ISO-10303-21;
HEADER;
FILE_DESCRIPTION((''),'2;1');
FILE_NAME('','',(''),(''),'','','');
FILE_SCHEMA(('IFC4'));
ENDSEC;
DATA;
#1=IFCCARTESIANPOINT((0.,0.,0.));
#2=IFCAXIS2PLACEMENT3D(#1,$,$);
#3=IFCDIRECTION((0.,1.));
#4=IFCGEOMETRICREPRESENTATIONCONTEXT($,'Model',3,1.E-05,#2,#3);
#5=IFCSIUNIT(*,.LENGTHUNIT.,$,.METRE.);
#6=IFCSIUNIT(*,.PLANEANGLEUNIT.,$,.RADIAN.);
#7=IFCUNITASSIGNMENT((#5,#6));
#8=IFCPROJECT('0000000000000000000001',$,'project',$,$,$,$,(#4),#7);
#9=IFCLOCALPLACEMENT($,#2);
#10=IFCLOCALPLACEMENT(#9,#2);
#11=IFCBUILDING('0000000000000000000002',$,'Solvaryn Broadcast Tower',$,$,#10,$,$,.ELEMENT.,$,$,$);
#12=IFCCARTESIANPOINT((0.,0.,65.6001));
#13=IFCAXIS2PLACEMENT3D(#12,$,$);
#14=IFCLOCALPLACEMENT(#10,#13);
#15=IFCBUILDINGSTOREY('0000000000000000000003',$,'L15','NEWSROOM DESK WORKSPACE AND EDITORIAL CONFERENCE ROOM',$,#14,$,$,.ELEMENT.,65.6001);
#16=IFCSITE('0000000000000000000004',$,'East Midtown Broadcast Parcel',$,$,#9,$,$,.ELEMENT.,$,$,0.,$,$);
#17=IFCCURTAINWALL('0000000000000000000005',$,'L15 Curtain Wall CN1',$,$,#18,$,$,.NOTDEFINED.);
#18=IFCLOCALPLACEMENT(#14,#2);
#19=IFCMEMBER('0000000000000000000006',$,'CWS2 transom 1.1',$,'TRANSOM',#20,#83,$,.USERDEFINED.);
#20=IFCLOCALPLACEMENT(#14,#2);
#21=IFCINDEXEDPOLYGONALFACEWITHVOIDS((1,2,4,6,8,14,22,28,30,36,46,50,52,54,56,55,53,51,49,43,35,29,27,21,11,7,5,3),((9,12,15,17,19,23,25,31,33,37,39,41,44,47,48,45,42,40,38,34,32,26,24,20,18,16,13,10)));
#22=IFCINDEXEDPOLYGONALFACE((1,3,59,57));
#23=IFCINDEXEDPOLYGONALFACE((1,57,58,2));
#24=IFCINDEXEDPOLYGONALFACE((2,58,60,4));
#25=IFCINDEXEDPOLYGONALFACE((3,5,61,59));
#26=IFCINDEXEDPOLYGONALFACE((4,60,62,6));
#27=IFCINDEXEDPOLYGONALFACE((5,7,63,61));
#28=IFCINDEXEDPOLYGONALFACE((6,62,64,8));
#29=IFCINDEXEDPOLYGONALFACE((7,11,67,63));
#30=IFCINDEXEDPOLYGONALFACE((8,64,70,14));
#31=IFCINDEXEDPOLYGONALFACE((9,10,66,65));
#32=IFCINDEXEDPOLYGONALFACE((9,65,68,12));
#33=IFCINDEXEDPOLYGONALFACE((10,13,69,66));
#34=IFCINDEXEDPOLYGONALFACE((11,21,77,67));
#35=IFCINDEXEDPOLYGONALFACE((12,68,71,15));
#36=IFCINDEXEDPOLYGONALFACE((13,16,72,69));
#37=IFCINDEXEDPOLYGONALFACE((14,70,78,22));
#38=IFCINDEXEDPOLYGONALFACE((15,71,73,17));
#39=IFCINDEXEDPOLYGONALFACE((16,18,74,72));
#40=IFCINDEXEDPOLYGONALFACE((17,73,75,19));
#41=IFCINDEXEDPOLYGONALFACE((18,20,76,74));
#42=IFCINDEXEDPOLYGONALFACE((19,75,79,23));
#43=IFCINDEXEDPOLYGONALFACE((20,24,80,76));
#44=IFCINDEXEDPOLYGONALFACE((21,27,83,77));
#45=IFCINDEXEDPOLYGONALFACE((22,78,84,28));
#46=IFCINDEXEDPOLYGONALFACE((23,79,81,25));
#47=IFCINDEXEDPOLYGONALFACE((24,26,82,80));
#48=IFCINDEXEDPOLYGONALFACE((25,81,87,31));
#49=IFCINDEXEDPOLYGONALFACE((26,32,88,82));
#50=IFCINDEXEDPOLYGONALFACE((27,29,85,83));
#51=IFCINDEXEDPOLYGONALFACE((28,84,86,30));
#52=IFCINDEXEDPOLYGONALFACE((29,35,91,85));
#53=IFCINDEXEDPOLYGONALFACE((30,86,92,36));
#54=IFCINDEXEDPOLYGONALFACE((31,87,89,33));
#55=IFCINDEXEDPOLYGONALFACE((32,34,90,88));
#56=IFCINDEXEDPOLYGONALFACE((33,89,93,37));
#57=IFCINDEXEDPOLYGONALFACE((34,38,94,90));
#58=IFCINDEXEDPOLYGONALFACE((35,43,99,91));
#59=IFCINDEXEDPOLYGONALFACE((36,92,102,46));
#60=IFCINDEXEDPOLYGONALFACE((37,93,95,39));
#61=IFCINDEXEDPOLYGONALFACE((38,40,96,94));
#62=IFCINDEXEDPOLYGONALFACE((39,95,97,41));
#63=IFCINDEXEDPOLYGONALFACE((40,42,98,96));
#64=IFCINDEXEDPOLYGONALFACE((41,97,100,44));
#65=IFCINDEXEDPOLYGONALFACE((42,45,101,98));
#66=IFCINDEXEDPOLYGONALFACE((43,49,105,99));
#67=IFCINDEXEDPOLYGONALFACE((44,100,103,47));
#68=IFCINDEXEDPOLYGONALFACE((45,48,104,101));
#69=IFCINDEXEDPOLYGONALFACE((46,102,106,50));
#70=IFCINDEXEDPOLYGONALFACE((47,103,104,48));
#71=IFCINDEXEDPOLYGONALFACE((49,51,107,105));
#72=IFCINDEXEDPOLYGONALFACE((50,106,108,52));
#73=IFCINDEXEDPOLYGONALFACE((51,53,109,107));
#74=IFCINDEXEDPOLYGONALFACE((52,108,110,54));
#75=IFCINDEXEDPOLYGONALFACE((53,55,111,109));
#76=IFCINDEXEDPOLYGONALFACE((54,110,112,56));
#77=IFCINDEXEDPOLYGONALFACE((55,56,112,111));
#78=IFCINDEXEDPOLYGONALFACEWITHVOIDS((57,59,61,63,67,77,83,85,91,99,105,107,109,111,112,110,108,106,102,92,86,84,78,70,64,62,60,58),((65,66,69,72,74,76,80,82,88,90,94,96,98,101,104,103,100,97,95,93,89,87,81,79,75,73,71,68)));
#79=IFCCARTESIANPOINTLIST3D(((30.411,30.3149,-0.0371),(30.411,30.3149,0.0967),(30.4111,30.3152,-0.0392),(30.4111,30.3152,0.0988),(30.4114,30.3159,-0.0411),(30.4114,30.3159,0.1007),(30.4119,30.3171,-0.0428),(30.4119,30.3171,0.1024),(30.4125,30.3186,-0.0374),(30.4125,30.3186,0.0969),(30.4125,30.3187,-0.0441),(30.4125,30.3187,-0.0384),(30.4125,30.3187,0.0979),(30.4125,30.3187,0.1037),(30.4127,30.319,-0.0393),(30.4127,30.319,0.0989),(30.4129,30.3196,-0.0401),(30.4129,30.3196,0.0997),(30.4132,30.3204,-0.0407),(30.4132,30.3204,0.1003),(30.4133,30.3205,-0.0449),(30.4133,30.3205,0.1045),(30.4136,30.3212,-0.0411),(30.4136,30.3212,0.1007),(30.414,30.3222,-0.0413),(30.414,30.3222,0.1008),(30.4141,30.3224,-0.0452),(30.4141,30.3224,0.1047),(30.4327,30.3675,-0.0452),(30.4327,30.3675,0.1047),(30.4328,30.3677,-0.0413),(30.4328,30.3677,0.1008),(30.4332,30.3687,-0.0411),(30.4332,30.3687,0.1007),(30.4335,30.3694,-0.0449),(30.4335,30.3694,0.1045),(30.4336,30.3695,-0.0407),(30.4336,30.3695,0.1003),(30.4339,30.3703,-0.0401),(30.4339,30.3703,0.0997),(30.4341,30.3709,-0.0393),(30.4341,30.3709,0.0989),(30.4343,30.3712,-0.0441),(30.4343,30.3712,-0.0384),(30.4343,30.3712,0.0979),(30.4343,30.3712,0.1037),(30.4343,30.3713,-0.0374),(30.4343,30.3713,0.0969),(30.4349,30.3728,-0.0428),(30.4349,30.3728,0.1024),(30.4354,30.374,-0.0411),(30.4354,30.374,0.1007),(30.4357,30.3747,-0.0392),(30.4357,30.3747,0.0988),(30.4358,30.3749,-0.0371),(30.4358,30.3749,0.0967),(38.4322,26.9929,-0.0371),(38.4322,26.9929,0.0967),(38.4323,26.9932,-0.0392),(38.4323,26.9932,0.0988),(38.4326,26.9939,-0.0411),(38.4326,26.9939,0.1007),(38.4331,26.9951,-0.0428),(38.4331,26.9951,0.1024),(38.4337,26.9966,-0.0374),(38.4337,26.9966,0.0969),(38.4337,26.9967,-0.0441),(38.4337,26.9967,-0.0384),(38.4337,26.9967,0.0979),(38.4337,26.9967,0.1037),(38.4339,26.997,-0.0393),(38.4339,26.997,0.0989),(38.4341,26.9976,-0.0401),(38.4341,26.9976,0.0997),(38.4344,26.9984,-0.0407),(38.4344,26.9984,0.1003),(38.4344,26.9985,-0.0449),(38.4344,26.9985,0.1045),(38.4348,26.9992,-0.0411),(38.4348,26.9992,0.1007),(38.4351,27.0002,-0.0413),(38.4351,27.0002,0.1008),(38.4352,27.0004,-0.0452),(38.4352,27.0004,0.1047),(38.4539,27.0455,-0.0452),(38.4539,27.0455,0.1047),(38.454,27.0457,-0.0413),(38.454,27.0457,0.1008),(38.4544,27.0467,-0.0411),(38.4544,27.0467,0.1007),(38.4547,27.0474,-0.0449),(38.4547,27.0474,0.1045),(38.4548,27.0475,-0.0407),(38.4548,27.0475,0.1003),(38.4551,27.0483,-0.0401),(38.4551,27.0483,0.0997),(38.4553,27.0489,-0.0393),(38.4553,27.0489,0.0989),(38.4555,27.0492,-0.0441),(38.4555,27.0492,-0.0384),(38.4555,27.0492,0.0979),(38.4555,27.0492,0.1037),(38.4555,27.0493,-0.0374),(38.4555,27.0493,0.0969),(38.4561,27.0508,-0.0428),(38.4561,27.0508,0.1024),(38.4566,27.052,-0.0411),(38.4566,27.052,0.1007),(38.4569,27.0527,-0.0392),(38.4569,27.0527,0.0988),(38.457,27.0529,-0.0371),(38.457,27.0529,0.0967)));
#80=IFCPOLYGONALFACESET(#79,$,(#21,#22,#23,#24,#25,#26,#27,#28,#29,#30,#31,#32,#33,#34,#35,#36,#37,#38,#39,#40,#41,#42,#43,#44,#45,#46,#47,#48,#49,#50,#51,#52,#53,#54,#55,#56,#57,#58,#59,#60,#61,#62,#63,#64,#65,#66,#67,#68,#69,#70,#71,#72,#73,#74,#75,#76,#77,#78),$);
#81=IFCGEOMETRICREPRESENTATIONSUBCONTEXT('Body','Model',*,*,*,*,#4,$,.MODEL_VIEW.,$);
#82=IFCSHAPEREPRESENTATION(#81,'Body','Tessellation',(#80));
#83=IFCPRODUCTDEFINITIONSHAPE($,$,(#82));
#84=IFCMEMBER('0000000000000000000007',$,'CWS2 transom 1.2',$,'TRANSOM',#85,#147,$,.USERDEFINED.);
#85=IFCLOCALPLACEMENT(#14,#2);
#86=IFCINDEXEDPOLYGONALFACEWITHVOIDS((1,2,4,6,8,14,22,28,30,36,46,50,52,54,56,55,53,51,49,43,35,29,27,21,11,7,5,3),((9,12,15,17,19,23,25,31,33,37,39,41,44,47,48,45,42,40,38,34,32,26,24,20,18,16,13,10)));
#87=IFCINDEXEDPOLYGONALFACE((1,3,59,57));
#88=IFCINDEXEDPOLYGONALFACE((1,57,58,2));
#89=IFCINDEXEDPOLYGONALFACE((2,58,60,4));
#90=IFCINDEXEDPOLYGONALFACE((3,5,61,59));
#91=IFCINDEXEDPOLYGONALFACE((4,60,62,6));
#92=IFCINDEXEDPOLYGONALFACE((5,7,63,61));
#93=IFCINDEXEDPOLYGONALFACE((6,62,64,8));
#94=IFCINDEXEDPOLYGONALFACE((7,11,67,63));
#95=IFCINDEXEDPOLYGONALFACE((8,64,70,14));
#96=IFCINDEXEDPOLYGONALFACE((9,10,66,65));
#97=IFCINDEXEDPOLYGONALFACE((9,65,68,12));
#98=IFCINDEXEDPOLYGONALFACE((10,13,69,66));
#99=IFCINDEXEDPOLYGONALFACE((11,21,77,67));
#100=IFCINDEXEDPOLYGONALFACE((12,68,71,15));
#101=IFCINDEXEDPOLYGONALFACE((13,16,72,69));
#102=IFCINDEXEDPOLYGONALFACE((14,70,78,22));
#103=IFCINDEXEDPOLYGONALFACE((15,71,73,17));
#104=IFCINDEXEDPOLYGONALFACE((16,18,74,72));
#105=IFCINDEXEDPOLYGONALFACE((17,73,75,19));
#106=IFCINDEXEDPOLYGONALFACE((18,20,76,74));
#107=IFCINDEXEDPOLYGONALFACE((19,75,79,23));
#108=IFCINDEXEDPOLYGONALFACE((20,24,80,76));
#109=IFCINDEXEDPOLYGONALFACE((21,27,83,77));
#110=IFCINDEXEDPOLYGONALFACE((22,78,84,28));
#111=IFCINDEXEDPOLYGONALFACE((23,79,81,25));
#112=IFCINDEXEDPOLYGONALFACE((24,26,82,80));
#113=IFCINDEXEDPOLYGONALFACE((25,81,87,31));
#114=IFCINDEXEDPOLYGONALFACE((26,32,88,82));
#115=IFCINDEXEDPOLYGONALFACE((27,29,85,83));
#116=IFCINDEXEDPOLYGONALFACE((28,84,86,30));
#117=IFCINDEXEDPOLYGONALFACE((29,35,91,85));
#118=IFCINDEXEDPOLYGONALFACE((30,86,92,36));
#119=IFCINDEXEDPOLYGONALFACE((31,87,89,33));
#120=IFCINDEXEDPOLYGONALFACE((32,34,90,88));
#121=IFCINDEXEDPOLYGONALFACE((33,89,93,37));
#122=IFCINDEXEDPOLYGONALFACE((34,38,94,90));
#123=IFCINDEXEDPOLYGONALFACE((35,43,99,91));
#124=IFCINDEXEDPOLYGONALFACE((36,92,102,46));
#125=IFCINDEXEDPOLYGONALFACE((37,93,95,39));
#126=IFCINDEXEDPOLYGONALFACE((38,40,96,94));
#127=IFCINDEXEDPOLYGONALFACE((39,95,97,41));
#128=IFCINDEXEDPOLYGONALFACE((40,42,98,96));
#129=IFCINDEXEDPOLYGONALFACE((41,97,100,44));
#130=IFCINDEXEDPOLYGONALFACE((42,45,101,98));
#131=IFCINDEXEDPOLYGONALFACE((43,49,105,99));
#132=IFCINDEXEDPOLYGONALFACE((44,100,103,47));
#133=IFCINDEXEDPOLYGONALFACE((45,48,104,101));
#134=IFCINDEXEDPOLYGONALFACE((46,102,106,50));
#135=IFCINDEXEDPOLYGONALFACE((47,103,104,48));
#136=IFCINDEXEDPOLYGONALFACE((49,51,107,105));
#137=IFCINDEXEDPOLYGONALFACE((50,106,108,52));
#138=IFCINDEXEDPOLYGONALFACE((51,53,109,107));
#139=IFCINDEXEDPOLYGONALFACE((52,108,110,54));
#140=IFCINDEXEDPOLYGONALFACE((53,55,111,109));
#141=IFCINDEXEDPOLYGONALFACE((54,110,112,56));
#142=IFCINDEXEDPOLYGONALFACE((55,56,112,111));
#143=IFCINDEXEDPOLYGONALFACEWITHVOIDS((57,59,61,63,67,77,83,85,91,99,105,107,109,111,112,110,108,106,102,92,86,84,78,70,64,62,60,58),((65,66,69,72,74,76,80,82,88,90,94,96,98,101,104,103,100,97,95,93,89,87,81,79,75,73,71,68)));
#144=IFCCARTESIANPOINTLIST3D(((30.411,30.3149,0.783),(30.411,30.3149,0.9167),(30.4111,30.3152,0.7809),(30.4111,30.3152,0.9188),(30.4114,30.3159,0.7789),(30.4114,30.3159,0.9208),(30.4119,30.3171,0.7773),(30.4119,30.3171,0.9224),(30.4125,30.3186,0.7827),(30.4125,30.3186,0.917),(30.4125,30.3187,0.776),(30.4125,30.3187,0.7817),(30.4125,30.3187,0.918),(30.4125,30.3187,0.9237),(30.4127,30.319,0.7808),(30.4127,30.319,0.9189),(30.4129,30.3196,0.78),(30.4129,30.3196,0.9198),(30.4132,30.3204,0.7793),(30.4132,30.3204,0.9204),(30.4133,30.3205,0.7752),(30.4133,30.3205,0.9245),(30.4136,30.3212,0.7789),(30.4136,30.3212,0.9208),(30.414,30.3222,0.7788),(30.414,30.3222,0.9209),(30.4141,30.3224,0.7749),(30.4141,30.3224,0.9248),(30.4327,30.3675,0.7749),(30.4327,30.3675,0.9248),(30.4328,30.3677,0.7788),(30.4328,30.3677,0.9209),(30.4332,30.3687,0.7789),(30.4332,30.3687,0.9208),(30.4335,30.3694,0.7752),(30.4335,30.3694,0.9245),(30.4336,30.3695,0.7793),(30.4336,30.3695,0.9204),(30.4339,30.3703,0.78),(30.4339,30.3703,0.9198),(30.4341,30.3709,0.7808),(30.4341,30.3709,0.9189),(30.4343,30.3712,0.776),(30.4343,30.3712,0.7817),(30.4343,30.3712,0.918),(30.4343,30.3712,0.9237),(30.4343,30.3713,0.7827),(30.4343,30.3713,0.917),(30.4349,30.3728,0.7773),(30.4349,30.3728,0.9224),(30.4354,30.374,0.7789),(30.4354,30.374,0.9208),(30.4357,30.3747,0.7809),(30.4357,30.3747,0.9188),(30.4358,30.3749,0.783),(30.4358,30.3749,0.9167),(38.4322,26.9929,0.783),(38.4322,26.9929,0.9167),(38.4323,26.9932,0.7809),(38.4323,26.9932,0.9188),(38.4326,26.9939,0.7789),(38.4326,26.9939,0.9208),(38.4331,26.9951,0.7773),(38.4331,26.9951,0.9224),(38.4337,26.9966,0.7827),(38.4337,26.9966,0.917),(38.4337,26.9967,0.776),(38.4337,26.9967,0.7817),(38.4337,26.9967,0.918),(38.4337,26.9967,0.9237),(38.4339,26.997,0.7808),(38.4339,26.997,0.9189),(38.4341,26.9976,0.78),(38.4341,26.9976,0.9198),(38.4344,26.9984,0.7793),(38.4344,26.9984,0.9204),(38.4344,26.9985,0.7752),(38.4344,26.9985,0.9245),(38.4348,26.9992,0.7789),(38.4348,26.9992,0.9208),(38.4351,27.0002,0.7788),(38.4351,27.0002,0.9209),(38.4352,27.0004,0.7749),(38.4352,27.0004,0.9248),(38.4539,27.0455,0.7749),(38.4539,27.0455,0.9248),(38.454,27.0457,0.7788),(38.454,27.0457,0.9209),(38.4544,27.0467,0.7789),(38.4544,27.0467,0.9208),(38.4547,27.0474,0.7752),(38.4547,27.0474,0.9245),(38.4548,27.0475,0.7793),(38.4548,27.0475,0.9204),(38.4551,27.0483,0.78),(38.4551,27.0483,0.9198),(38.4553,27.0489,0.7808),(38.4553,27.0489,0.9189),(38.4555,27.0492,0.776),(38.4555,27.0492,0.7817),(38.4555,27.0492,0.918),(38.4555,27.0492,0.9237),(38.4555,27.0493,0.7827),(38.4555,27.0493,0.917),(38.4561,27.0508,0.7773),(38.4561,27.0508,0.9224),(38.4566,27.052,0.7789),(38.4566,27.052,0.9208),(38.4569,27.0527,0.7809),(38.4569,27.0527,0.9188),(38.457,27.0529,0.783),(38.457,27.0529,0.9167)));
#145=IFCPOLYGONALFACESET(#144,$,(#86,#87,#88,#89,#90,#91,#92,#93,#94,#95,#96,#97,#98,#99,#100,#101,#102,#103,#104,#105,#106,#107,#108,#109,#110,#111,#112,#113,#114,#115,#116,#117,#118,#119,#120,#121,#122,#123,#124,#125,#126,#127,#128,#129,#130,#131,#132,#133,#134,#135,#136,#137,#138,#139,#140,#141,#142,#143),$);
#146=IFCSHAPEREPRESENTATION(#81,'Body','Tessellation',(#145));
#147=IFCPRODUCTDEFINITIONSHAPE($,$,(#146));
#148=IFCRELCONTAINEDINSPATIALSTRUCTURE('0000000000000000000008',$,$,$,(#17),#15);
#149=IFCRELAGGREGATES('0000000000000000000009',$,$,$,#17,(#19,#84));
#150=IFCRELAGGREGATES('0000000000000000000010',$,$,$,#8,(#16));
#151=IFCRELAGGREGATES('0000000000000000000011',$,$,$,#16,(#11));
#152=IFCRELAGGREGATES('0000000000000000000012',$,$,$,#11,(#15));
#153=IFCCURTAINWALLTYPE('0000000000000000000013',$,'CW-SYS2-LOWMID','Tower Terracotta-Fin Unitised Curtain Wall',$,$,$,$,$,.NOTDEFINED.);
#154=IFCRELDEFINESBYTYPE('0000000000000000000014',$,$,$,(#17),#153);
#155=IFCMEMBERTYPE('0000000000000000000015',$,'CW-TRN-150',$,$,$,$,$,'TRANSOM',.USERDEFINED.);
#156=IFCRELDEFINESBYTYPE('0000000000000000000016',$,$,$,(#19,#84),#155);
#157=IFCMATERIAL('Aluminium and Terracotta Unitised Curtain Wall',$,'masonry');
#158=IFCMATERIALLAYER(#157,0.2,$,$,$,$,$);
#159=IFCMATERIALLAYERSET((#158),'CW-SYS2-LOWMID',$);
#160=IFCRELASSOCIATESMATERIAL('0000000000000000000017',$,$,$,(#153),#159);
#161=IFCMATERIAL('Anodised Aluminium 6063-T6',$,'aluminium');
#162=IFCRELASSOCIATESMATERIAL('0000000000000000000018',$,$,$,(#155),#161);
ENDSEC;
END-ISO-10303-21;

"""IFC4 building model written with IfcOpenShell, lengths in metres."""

from ifc_helpers import new_model, si_unit, direction, frame, origin, origin_2d, place, context, subcontext, project, spatial, hollow_rectangle, extrude, material, layer, layer_set, material_profile, profile_set, type_object, element, aggregate, save


model = new_model("IFC4")

# Units and contexts
model_context = context("Model", 3, precision=1e-05, world=origin(), true_north=direction((0.0, 1.0)))
body_context = subcontext(model_context, "Body", "Model", "MODEL_VIEW")
ifc_project = project(units=[si_unit("LENGTHUNIT", "METRE"), si_unit("PLANEANGLEUNIT", "RADIAN")], contexts=[model_context])

# Site, building, storey
site_placement = place(None, origin())
site = spatial("IfcSite", under=ifc_project, at=site_placement, Name="East Midtown Broadcast Parcel", CompositionType="ELEMENT", RefElevation=0.0)
building_placement = place(site_placement, origin())
building = spatial("IfcBuilding", under=site, at=building_placement, Name="Solvaryn Broadcast Tower", CompositionType="ELEMENT")
storey_placement = place(building_placement, frame((0.0, 0.0, 65.6001)))
storey = spatial("IfcBuildingStorey", under=building, at=storey_placement, Name="L15", Description="NEWSROOM DESK WORKSPACE AND EDITORIAL CONFERENCE ROOM", CompositionType="ELEMENT", Elevation=65.6001)

# Curtain wall
ifc_material_1 = material(Name="Aluminium and Terracotta Unitised Curtain Wall", Category="masonry")
ifc_layer_1 = layer(ifc_material_1, 0.2)
ifc_layer_set_1 = layer_set([ifc_layer_1], Name="CW-SYS2-LOWMID")
curtain_wall_type = type_object("IfcCurtainWallType", Name="CW-SYS2-LOWMID", Description="Tower Terracotta-Fin Unitised Curtain Wall", PredefinedType="NOTDEFINED", material=ifc_layer_set_1)
curtain_wall_1_placement = place(storey_placement, origin())
curtain_wall_1 = element("IfcCurtainWall", 1, at=curtain_wall_1_placement, inside=storey, type_object=curtain_wall_type, Name="L15 Curtain Wall CN1", PredefinedType="NOTDEFINED")

# Members
ifc_material_2 = material(Name="Anodised Aluminium 6063-T6", Category="aluminium")
ifc_material_profile_1 = material_profile(ifc_material_2, hollow_rectangle(XDim=0.0649, YDim=0.1499, WallThickness=0.0039, InnerFilletRadius=0.0039, OuterFilletRadius=0.0081, at=origin_2d()))
ifc_profile_set_1 = profile_set([ifc_material_profile_1], Name="Anodised Aluminium 6063-T6")
member_type_1 = type_object("IfcMemberType", Name="CW-TRN-150", ElementType="TRANSOM", PredefinedType="USERDEFINED", material=ifc_profile_set_1)
member_1_placement = place(storey_placement, frame((38.4446, 27.0229, 0.0298), z_axis=(-0.923899, 0.382636, 0.0), x_axis=(-0.382636, -0.923899, 0.0)))
member_1 = element("IfcMember", 2, at=member_1_placement, type_object=member_type_1, Name="CWS2 transom 1.1", ObjectType="TRANSOM", PredefinedType="USERDEFINED", context=body_context, shape_type="SweptSolid", body=[
    extrude(hollow_rectangle(XDim=0.0649, YDim=0.1499, WallThickness=0.0039, InnerFilletRadius=0.0039, OuterFilletRadius=0.0081, at=origin_2d()), origin(), (0.0, 0.0, 1.0), 8.6819),
])
member_2_placement = place(storey_placement, frame((38.4446, 27.0229, 0.8499), z_axis=(-0.923899, 0.382636, 0.0), x_axis=(-0.382636, -0.923899, 0.0)))
member_2 = element("IfcMember", 3, at=member_2_placement, type_object=member_type_1, Name="CWS2 transom 1.2", ObjectType="TRANSOM", PredefinedType="USERDEFINED", context=body_context, shape_type="SweptSolid", body=[
    extrude(hollow_rectangle(XDim=0.0649, YDim=0.1499, WallThickness=0.0039, InnerFilletRadius=0.0039, OuterFilletRadius=0.0081, at=origin_2d()), origin(), (0.0, 0.0, 1.0), 8.6819),
])
aggregate(curtain_wall_1, [member_1, member_2])

save(model, "model.ifc")
